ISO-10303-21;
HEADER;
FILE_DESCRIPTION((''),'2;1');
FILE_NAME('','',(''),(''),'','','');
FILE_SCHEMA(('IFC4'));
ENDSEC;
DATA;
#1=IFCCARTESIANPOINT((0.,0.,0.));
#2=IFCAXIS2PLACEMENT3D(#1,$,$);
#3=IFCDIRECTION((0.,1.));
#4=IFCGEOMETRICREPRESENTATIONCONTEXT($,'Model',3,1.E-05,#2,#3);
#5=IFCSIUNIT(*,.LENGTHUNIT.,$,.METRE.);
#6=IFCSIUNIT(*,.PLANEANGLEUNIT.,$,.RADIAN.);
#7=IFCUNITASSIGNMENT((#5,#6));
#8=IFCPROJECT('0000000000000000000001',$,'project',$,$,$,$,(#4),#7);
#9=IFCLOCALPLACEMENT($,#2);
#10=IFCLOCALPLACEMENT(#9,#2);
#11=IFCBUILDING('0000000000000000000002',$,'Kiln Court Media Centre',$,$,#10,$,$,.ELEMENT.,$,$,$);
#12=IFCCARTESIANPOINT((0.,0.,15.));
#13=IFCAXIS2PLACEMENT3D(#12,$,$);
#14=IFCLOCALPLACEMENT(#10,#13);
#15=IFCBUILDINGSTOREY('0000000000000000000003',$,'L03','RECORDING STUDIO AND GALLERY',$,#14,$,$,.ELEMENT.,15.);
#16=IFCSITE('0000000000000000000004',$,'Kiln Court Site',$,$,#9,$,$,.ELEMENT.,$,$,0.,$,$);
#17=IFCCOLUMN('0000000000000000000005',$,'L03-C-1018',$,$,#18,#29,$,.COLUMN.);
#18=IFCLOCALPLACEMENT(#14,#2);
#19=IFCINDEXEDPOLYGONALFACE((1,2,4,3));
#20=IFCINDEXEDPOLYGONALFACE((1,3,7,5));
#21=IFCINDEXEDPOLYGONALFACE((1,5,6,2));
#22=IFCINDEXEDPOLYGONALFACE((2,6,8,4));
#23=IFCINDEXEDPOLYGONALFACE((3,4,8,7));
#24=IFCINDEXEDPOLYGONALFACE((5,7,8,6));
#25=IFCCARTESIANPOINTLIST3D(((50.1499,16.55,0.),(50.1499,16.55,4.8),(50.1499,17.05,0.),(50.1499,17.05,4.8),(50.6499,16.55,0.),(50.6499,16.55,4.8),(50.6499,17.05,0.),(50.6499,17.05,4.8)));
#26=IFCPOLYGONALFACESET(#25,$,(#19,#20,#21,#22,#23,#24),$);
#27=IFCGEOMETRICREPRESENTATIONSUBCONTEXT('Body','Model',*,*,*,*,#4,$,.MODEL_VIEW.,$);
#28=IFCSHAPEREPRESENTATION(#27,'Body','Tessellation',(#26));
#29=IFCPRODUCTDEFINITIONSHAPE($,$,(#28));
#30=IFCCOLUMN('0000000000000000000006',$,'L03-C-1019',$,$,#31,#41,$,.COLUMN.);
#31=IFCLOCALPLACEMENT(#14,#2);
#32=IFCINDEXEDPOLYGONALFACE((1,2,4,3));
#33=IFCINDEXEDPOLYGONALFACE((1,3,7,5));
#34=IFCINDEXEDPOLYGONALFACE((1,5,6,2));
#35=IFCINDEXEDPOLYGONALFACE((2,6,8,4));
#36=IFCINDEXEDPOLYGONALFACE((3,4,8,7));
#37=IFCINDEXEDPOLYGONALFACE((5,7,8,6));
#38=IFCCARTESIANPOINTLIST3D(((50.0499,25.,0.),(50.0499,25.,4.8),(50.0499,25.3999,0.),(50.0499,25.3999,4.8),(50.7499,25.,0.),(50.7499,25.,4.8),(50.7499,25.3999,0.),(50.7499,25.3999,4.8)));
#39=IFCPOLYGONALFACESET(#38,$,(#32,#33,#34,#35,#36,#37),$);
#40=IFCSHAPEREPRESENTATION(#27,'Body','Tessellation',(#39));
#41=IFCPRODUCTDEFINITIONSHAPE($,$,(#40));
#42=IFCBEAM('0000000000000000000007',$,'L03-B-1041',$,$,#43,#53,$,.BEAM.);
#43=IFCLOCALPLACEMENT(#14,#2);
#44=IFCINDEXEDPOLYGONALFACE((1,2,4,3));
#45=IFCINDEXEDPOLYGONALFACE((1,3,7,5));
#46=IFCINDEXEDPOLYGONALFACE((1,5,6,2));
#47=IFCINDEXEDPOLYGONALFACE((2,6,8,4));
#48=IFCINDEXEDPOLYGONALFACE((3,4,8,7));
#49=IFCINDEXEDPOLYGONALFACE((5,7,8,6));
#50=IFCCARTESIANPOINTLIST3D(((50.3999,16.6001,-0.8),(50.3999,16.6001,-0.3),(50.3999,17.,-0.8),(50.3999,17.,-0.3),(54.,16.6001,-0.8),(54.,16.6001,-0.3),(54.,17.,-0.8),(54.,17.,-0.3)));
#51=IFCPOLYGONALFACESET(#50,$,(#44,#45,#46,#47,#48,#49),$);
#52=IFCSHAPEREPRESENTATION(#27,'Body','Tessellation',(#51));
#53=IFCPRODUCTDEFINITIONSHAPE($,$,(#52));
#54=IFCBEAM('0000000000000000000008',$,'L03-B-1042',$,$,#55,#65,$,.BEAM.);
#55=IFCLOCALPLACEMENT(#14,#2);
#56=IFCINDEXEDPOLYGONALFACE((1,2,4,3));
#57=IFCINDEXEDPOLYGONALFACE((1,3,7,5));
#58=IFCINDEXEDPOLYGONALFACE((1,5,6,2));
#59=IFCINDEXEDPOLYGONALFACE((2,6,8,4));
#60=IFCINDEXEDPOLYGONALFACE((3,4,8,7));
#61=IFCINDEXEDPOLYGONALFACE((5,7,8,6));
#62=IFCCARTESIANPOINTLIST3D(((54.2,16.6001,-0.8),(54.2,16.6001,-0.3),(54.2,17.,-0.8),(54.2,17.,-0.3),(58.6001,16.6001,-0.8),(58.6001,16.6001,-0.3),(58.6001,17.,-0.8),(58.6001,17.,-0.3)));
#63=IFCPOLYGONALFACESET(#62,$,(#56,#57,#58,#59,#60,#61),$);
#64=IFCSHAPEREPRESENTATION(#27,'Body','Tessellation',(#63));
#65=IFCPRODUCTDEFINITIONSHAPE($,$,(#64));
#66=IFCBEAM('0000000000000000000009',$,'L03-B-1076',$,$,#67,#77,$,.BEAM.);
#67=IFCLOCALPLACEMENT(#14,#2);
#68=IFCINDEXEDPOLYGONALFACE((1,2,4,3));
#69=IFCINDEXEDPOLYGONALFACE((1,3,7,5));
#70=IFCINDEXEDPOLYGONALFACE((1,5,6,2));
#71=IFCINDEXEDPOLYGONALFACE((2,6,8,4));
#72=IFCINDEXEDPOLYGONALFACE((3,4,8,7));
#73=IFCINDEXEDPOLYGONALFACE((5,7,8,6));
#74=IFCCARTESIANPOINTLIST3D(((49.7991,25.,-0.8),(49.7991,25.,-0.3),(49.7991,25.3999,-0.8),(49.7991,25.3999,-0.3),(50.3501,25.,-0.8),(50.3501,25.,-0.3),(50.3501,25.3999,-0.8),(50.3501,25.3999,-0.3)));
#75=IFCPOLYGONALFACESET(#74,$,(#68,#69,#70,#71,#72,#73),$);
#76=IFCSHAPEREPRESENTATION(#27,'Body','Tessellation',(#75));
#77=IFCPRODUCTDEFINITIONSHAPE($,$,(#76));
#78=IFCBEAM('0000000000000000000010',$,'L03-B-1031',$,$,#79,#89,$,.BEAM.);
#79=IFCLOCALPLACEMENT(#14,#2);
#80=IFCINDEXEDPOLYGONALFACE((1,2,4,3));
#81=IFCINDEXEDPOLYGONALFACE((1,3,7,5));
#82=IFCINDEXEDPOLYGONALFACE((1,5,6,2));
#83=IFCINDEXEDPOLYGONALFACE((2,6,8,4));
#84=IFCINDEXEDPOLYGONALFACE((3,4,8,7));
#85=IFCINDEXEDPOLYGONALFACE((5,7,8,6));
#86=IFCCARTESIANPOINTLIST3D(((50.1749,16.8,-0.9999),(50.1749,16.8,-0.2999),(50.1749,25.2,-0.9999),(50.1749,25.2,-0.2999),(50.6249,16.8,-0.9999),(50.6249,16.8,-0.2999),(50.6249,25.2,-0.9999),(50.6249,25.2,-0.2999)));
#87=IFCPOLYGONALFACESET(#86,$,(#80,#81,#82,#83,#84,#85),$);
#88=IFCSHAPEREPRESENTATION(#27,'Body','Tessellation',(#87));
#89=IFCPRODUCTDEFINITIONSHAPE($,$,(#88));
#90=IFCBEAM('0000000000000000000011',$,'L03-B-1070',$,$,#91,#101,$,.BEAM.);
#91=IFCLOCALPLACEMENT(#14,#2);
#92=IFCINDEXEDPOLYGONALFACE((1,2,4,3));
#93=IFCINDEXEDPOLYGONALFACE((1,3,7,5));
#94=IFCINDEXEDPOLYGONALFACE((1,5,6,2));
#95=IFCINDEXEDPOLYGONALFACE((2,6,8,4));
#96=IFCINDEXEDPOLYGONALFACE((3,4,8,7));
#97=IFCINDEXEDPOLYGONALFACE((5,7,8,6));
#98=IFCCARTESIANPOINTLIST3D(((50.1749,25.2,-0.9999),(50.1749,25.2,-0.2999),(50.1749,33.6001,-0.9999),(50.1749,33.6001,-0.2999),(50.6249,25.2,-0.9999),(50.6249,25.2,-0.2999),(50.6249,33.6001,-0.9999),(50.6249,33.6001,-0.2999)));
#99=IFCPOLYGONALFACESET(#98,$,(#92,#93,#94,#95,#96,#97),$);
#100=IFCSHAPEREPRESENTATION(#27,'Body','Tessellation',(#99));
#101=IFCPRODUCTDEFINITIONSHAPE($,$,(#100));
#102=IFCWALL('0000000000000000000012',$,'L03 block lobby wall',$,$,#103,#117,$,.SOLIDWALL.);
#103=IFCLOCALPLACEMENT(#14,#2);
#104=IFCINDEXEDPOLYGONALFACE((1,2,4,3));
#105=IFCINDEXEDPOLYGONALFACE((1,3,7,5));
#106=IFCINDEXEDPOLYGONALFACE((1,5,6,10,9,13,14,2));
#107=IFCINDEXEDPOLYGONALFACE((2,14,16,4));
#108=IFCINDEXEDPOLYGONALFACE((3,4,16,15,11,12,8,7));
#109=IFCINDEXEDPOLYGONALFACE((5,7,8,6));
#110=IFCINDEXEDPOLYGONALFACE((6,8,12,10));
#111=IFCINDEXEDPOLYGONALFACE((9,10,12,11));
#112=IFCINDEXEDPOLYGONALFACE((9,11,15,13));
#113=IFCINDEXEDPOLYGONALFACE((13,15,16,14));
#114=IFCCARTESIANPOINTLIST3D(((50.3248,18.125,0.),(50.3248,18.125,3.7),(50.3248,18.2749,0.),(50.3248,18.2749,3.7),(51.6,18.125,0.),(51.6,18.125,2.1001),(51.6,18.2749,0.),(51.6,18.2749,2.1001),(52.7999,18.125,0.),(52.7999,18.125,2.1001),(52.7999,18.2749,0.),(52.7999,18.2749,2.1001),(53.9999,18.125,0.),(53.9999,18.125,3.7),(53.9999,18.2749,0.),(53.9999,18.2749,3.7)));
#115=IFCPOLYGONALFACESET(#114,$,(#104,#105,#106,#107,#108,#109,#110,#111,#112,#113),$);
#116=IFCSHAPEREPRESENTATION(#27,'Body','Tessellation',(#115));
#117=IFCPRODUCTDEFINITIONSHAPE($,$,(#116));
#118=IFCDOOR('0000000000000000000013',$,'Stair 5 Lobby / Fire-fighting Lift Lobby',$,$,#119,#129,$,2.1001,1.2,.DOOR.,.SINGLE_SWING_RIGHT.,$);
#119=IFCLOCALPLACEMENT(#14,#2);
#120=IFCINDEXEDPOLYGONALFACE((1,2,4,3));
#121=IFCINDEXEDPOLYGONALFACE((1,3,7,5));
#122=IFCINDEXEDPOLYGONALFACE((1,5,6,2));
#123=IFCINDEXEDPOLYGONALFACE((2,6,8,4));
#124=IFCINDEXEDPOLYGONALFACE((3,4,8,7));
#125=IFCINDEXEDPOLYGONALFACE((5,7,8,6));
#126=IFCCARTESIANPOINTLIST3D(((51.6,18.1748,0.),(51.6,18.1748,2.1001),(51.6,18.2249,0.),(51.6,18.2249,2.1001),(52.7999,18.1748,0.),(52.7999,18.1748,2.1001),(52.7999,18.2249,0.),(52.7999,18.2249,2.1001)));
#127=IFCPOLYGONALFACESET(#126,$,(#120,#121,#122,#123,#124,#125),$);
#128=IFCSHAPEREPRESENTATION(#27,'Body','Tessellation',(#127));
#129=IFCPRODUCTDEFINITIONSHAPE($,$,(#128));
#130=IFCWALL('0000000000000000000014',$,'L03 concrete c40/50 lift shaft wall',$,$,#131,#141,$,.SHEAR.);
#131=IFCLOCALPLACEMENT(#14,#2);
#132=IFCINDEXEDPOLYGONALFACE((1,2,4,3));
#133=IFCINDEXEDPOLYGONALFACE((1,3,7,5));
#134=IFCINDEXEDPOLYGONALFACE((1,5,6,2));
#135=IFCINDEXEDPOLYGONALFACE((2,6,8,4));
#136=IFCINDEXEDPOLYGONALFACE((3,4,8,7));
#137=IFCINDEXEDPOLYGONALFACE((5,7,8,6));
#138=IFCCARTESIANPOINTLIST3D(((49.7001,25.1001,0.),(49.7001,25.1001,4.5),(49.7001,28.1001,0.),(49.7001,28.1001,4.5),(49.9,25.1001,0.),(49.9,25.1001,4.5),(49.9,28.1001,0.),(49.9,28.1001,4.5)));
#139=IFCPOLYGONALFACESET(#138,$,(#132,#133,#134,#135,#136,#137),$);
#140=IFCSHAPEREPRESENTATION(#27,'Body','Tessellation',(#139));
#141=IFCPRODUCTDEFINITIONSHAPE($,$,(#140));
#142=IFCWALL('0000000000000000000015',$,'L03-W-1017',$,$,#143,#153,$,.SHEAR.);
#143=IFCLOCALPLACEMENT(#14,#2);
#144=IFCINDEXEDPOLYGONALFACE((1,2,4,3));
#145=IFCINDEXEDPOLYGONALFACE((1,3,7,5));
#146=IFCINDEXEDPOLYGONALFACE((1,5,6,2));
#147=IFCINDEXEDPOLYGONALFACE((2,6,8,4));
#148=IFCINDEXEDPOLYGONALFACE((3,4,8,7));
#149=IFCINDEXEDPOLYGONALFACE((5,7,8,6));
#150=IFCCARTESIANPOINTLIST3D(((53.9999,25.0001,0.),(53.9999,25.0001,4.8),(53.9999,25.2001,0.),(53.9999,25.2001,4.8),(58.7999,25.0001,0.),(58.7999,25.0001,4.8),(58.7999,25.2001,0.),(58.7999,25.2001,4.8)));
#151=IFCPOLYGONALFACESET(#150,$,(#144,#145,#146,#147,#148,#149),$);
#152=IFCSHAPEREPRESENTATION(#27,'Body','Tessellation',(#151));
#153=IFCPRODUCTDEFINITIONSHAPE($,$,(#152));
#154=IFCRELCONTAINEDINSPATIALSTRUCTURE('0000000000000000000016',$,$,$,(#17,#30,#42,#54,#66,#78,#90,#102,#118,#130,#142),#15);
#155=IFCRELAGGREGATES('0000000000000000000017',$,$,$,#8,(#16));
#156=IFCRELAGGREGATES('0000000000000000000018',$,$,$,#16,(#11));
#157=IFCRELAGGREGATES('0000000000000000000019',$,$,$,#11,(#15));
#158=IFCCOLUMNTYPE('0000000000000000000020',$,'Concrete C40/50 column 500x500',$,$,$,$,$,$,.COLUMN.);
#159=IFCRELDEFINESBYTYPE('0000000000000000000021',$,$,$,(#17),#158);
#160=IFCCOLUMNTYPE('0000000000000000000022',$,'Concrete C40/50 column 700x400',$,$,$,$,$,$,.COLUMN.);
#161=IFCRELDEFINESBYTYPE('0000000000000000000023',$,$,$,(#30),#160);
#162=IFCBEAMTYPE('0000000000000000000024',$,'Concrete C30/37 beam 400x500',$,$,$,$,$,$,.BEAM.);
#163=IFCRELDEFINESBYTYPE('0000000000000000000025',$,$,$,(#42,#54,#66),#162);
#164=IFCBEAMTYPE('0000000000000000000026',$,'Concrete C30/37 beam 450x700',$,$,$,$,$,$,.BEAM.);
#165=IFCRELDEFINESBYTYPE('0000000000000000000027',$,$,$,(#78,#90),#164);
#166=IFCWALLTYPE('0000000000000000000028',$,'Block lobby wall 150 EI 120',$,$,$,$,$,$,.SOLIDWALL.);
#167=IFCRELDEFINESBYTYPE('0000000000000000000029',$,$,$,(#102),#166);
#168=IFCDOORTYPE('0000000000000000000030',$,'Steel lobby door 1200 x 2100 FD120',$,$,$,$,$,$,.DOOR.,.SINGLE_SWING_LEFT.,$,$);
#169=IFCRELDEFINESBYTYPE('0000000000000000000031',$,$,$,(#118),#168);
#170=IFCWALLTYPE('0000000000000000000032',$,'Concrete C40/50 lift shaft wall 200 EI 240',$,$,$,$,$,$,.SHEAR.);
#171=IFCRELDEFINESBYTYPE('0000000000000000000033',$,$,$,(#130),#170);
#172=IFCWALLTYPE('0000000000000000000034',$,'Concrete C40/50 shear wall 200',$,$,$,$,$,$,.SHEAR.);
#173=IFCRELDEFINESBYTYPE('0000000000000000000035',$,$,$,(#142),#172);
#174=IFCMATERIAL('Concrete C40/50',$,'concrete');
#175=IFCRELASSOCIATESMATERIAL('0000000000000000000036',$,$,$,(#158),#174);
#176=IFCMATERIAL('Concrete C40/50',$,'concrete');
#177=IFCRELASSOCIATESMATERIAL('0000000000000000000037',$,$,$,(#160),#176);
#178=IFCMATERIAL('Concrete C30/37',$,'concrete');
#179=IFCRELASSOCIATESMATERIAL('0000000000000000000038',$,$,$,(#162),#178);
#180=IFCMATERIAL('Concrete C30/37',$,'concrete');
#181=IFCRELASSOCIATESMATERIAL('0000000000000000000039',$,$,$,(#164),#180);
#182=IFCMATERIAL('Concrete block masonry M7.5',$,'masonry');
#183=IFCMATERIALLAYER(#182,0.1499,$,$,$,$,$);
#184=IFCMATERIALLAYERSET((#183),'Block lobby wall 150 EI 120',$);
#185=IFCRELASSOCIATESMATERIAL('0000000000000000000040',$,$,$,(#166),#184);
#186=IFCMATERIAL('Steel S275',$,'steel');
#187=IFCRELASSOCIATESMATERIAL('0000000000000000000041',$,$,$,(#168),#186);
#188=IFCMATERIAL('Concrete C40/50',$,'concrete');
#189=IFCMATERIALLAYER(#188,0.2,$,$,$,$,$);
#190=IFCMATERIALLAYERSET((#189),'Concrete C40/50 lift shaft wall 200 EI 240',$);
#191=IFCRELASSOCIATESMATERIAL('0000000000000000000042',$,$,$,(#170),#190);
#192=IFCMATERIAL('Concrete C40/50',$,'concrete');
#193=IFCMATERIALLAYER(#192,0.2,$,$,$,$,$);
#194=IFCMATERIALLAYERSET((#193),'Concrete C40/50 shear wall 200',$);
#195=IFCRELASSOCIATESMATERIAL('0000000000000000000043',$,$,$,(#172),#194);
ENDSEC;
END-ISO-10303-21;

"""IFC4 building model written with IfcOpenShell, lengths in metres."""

from ifc_helpers import new_model, si_unit, direction, frame, frame_2d, origin, origin_2d, place, context, subcontext, project, spatial, rectangle, extrude, material, layer, layer_set, material_profile, profile_set, type_object, element, fill, save


model = new_model("IFC4")

# Units and contexts
model_context = context("Model", 3, precision=1e-05, world=origin(), true_north=direction((0.0, 1.0)))
body_context = subcontext(model_context, "Body", "Model", "MODEL_VIEW")
ifc_project = project(units=[si_unit("LENGTHUNIT", "METRE"), si_unit("PLANEANGLEUNIT", "RADIAN")], contexts=[model_context])

# Site, building, storey
site_placement = place(None, origin())
site = spatial("IfcSite", under=ifc_project, at=site_placement, Name="Kiln Court Site", CompositionType="ELEMENT", RefElevation=0.0)
building_placement = place(site_placement, origin())
building = spatial("IfcBuilding", under=site, at=building_placement, Name="Kiln Court Media Centre", CompositionType="ELEMENT")
storey_placement = place(building_placement, frame((0.0, 0.0, 15.0)))
storey = spatial("IfcBuildingStorey", under=building, at=storey_placement, Name="L03", Description="RECORDING STUDIO AND GALLERY", CompositionType="ELEMENT", Elevation=15.0)

# Columns
ifc_material_1 = material(Name="Concrete C40/50", Category="concrete")
ifc_material_profile_1 = material_profile(ifc_material_1, rectangle(XDim=0.5, YDim=0.5, at=origin_2d()), Name="RC 500x500")
ifc_profile_set_1 = profile_set([ifc_material_profile_1], Name="Concrete C40/50")
column_type_1 = type_object("IfcColumnType", Name="Concrete C40/50 column 500x500", PredefinedType="COLUMN", material=ifc_profile_set_1)
column_1_placement = place(storey_placement, frame((50.3999, 16.8, 0.0), z_axis=(0.0, 0.0, 1.0), x_axis=(1.0, 0.0, 0.0)))
element("IfcColumn", 1, at=column_1_placement, inside=storey, type_object=column_type_1, Name="L03-C-1018", PredefinedType="COLUMN", context=body_context, shape_type="SweptSolid", body=[
    extrude(rectangle(XDim=0.5, YDim=0.5, at=origin_2d()), origin(), (0.0, 0.0, 1.0), 4.8),
])
ifc_material_2 = material(Name="Concrete C40/50", Category="concrete")
ifc_material_profile_2 = material_profile(ifc_material_2, rectangle(XDim=0.7, YDim=0.3999, at=origin_2d()), Name="RC 700x400")
ifc_profile_set_2 = profile_set([ifc_material_profile_2], Name="Concrete C40/50")
column_type_2 = type_object("IfcColumnType", Name="Concrete C40/50 column 700x400", PredefinedType="COLUMN", material=ifc_profile_set_2)
column_2_placement = place(storey_placement, frame((50.3999, 25.2, 0.0), z_axis=(0.0, 0.0, 1.0), x_axis=(1.0, 0.0, 0.0)))
element("IfcColumn", 2, at=column_2_placement, inside=storey, type_object=column_type_2, Name="L03-C-1019", PredefinedType="COLUMN", context=body_context, shape_type="SweptSolid", body=[
    extrude(rectangle(XDim=0.7, YDim=0.3999, at=origin_2d()), origin(), (0.0, 0.0, 1.0), 4.8),
])

# Beams
ifc_material_3 = material(Name="Concrete C30/37", Category="concrete")
ifc_material_profile_3 = material_profile(ifc_material_3, rectangle(XDim=0.3999, YDim=0.5, at=origin_2d()), Name="RC 400x500")
ifc_profile_set_3 = profile_set([ifc_material_profile_3], Name="Concrete C30/37")
beam_type_1 = type_object("IfcBeamType", Name="Concrete C30/37 beam 400x500", PredefinedType="BEAM", material=ifc_profile_set_3)
beam_1_placement = place(storey_placement, frame((50.3999, 16.8, -0.55), z_axis=(1.0, 0.0, 0.0), x_axis=(0.0, 1.0, 0.0)))
element("IfcBeam", 3, at=beam_1_placement, inside=storey, type_object=beam_type_1, Name="L03-B-1041", PredefinedType="BEAM", context=body_context, shape_type="SweptSolid", body=[
    extrude(rectangle(XDim=0.3999, YDim=0.5, at=origin_2d()), origin(), (0.0, 0.0, 1.0), 3.6001),
])
beam_2_placement = place(storey_placement, frame((54.2, 16.8, -0.55), z_axis=(1.0, 0.0, 0.0), x_axis=(0.0, 1.0, 0.0)))
element("IfcBeam", 4, at=beam_2_placement, inside=storey, type_object=beam_type_1, Name="L03-B-1042", PredefinedType="BEAM", context=body_context, shape_type="SweptSolid", body=[
    extrude(rectangle(XDim=0.3999, YDim=0.5, at=origin_2d()), origin(), (0.0, 0.0, 1.0), 4.4001),
])
beam_3_placement = place(storey_placement, frame((49.7991, 25.2, -0.55), z_axis=(1.0, 0.0, 0.0), x_axis=(0.0, 1.0, 0.0)))
element("IfcBeam", 5, at=beam_3_placement, inside=storey, type_object=beam_type_1, Name="L03-B-1076", PredefinedType="BEAM", context=body_context, shape_type="SweptSolid", body=[
    extrude(rectangle(XDim=0.3999, YDim=0.5, at=origin_2d()), origin(), (0.0, 0.0, 1.0), 0.551),
])
ifc_material_4 = material(Name="Concrete C30/37", Category="concrete")
ifc_material_profile_4 = material_profile(ifc_material_4, rectangle(XDim=0.45, YDim=0.7, at=origin_2d()), Name="RC 450x700")
ifc_profile_set_4 = profile_set([ifc_material_profile_4], Name="Concrete C30/37")
beam_type_2 = type_object("IfcBeamType", Name="Concrete C30/37 beam 450x700", PredefinedType="BEAM", material=ifc_profile_set_4)
beam_4_placement = place(storey_placement, frame((50.3999, 16.8, -0.6499), z_axis=(0.0, 1.0, 0.0), x_axis=(-1.0, 0.0, 0.0)))
element("IfcBeam", 6, at=beam_4_placement, inside=storey, type_object=beam_type_2, Name="L03-B-1031", PredefinedType="BEAM", context=body_context, shape_type="SweptSolid", body=[
    extrude(rectangle(XDim=0.45, YDim=0.7, at=origin_2d()), origin(), (0.0, 0.0, 1.0), 8.3999),
])
beam_5_placement = place(storey_placement, frame((50.3999, 25.2, -0.6499), z_axis=(0.0, 1.0, 0.0), x_axis=(-1.0, 0.0, 0.0)))
element("IfcBeam", 7, at=beam_5_placement, inside=storey, type_object=beam_type_2, Name="L03-B-1070", PredefinedType="BEAM", context=body_context, shape_type="SweptSolid", body=[
    extrude(rectangle(XDim=0.45, YDim=0.7, at=origin_2d()), origin(), (0.0, 0.0, 1.0), 8.4001),
])

# Wall, opening, door
ifc_material_5 = material(Name="Concrete block masonry M7.5", Category="masonry")
ifc_layer_1 = layer(ifc_material_5, 0.1499)
ifc_layer_set_1 = layer_set([ifc_layer_1], Name="Block lobby wall 150 EI 120")
wall_type_1 = type_object("IfcWallType", Name="Block lobby wall 150 EI 120", PredefinedType="SOLIDWALL", material=ifc_layer_set_1)
wall_1_placement = place(storey_placement, frame((50.325, 18.2, 0.0), z_axis=(0.0, 0.0, 1.0), x_axis=(1.0, 0.0, 0.0)))
wall_1 = element("IfcWall", 8, at=wall_1_placement, inside=storey, type_object=wall_type_1, Name="L03 block lobby wall", PredefinedType="SOLIDWALL", context=body_context, shape_type="SweptSolid", body=[
    extrude(rectangle(XDim=3.675, YDim=0.1499, at=frame_2d((1.8374, 0.0))), origin(), (0.0, 0.0, 1.0), 3.7),
])
opening_1_placement = place(wall_1_placement, frame((1.2749, 0.0, 0.0)))
opening_1 = element("IfcOpeningElement", 9, at=opening_1_placement, cuts=wall_1, PredefinedType="OPENING", context=body_context, shape_type="SweptSolid", body=[
    extrude(rectangle(XDim=1.2, YDim=2.1001, at=frame_2d((0.6001, 1.05))), frame((0.0, 0.085, 0.0), z_axis=(0.0, -1.0, 0.0), x_axis=(1.0, 0.0, 0.0)), (0.0, 0.0, 1.0), 0.1699),
])
ifc_material_6 = material(Name="Steel S275", Category="steel")
door_type_1 = type_object("IfcDoorType", Name="Steel lobby door 1200 x 2100 FD120", OperationType="SINGLE_SWING_LEFT", PredefinedType="DOOR", material=ifc_material_6)
door_1_placement = place(opening_1_placement, origin())
door_1 = element("IfcDoor", 10, at=door_1_placement, inside=storey, type_object=door_type_1, Name="Stair 5 Lobby / Fire-fighting Lift Lobby", OperationType="SINGLE_SWING_RIGHT", OverallHeight=2.1001, OverallWidth=1.2, PredefinedType="DOOR", context=body_context, shape_type="SweptSolid", body=[
    extrude(rectangle(XDim=1.2, YDim=2.1001, at=frame_2d((0.6001, 1.05))), frame((0.0, 0.0249, 0.0), z_axis=(0.0, -1.0, 0.0), x_axis=(1.0, 0.0, 0.0)), (0.0, 0.0, 1.0), 0.05),
])
fill(opening_1, door_1)

# Walls
ifc_material_7 = material(Name="Concrete C40/50", Category="concrete")
ifc_layer_2 = layer(ifc_material_7, 0.2)
ifc_layer_set_2 = layer_set([ifc_layer_2], Name="Concrete C40/50 lift shaft wall 200 EI 240")
wall_type_2 = type_object("IfcWallType", Name="Concrete C40/50 lift shaft wall 200 EI 240", PredefinedType="SHEAR", material=ifc_layer_set_2)
wall_2_placement = place(storey_placement, frame((49.8, 25.1001, 0.0), z_axis=(0.0, 0.0, 1.0), x_axis=(0.0, 1.0, 0.0)))
element("IfcWall", 11, at=wall_2_placement, inside=storey, type_object=wall_type_2, Name="L03 concrete c40/50 lift shaft wall", PredefinedType="SHEAR", context=body_context, shape_type="SweptSolid", body=[
    extrude(rectangle(XDim=3.0, YDim=0.2, at=frame_2d((1.5, 0.0))), origin(), (0.0, 0.0, 1.0), 4.5),
])
ifc_material_8 = material(Name="Concrete C40/50", Category="concrete")
ifc_layer_3 = layer(ifc_material_8, 0.2)
ifc_layer_set_3 = layer_set([ifc_layer_3], Name="Concrete C40/50 shear wall 200")
wall_type_3 = type_object("IfcWallType", Name="Concrete C40/50 shear wall 200", PredefinedType="SHEAR", material=ifc_layer_set_3)
wall_3_placement = place(storey_placement, frame((54.0, 25.1001, 0.0), z_axis=(0.0, 0.0, 1.0), x_axis=(1.0, 0.0, 0.0)))
element("IfcWall", 12, at=wall_3_placement, inside=storey, type_object=wall_type_3, Name="L03-W-1017", PredefinedType="SHEAR", context=body_context, shape_type="SweptSolid", body=[
    extrude(rectangle(XDim=4.8, YDim=0.2, at=frame_2d((2.3999, 0.0))), origin(), (0.0, 0.0, 1.0), 4.8),
])

save(model, "model.ifc")
